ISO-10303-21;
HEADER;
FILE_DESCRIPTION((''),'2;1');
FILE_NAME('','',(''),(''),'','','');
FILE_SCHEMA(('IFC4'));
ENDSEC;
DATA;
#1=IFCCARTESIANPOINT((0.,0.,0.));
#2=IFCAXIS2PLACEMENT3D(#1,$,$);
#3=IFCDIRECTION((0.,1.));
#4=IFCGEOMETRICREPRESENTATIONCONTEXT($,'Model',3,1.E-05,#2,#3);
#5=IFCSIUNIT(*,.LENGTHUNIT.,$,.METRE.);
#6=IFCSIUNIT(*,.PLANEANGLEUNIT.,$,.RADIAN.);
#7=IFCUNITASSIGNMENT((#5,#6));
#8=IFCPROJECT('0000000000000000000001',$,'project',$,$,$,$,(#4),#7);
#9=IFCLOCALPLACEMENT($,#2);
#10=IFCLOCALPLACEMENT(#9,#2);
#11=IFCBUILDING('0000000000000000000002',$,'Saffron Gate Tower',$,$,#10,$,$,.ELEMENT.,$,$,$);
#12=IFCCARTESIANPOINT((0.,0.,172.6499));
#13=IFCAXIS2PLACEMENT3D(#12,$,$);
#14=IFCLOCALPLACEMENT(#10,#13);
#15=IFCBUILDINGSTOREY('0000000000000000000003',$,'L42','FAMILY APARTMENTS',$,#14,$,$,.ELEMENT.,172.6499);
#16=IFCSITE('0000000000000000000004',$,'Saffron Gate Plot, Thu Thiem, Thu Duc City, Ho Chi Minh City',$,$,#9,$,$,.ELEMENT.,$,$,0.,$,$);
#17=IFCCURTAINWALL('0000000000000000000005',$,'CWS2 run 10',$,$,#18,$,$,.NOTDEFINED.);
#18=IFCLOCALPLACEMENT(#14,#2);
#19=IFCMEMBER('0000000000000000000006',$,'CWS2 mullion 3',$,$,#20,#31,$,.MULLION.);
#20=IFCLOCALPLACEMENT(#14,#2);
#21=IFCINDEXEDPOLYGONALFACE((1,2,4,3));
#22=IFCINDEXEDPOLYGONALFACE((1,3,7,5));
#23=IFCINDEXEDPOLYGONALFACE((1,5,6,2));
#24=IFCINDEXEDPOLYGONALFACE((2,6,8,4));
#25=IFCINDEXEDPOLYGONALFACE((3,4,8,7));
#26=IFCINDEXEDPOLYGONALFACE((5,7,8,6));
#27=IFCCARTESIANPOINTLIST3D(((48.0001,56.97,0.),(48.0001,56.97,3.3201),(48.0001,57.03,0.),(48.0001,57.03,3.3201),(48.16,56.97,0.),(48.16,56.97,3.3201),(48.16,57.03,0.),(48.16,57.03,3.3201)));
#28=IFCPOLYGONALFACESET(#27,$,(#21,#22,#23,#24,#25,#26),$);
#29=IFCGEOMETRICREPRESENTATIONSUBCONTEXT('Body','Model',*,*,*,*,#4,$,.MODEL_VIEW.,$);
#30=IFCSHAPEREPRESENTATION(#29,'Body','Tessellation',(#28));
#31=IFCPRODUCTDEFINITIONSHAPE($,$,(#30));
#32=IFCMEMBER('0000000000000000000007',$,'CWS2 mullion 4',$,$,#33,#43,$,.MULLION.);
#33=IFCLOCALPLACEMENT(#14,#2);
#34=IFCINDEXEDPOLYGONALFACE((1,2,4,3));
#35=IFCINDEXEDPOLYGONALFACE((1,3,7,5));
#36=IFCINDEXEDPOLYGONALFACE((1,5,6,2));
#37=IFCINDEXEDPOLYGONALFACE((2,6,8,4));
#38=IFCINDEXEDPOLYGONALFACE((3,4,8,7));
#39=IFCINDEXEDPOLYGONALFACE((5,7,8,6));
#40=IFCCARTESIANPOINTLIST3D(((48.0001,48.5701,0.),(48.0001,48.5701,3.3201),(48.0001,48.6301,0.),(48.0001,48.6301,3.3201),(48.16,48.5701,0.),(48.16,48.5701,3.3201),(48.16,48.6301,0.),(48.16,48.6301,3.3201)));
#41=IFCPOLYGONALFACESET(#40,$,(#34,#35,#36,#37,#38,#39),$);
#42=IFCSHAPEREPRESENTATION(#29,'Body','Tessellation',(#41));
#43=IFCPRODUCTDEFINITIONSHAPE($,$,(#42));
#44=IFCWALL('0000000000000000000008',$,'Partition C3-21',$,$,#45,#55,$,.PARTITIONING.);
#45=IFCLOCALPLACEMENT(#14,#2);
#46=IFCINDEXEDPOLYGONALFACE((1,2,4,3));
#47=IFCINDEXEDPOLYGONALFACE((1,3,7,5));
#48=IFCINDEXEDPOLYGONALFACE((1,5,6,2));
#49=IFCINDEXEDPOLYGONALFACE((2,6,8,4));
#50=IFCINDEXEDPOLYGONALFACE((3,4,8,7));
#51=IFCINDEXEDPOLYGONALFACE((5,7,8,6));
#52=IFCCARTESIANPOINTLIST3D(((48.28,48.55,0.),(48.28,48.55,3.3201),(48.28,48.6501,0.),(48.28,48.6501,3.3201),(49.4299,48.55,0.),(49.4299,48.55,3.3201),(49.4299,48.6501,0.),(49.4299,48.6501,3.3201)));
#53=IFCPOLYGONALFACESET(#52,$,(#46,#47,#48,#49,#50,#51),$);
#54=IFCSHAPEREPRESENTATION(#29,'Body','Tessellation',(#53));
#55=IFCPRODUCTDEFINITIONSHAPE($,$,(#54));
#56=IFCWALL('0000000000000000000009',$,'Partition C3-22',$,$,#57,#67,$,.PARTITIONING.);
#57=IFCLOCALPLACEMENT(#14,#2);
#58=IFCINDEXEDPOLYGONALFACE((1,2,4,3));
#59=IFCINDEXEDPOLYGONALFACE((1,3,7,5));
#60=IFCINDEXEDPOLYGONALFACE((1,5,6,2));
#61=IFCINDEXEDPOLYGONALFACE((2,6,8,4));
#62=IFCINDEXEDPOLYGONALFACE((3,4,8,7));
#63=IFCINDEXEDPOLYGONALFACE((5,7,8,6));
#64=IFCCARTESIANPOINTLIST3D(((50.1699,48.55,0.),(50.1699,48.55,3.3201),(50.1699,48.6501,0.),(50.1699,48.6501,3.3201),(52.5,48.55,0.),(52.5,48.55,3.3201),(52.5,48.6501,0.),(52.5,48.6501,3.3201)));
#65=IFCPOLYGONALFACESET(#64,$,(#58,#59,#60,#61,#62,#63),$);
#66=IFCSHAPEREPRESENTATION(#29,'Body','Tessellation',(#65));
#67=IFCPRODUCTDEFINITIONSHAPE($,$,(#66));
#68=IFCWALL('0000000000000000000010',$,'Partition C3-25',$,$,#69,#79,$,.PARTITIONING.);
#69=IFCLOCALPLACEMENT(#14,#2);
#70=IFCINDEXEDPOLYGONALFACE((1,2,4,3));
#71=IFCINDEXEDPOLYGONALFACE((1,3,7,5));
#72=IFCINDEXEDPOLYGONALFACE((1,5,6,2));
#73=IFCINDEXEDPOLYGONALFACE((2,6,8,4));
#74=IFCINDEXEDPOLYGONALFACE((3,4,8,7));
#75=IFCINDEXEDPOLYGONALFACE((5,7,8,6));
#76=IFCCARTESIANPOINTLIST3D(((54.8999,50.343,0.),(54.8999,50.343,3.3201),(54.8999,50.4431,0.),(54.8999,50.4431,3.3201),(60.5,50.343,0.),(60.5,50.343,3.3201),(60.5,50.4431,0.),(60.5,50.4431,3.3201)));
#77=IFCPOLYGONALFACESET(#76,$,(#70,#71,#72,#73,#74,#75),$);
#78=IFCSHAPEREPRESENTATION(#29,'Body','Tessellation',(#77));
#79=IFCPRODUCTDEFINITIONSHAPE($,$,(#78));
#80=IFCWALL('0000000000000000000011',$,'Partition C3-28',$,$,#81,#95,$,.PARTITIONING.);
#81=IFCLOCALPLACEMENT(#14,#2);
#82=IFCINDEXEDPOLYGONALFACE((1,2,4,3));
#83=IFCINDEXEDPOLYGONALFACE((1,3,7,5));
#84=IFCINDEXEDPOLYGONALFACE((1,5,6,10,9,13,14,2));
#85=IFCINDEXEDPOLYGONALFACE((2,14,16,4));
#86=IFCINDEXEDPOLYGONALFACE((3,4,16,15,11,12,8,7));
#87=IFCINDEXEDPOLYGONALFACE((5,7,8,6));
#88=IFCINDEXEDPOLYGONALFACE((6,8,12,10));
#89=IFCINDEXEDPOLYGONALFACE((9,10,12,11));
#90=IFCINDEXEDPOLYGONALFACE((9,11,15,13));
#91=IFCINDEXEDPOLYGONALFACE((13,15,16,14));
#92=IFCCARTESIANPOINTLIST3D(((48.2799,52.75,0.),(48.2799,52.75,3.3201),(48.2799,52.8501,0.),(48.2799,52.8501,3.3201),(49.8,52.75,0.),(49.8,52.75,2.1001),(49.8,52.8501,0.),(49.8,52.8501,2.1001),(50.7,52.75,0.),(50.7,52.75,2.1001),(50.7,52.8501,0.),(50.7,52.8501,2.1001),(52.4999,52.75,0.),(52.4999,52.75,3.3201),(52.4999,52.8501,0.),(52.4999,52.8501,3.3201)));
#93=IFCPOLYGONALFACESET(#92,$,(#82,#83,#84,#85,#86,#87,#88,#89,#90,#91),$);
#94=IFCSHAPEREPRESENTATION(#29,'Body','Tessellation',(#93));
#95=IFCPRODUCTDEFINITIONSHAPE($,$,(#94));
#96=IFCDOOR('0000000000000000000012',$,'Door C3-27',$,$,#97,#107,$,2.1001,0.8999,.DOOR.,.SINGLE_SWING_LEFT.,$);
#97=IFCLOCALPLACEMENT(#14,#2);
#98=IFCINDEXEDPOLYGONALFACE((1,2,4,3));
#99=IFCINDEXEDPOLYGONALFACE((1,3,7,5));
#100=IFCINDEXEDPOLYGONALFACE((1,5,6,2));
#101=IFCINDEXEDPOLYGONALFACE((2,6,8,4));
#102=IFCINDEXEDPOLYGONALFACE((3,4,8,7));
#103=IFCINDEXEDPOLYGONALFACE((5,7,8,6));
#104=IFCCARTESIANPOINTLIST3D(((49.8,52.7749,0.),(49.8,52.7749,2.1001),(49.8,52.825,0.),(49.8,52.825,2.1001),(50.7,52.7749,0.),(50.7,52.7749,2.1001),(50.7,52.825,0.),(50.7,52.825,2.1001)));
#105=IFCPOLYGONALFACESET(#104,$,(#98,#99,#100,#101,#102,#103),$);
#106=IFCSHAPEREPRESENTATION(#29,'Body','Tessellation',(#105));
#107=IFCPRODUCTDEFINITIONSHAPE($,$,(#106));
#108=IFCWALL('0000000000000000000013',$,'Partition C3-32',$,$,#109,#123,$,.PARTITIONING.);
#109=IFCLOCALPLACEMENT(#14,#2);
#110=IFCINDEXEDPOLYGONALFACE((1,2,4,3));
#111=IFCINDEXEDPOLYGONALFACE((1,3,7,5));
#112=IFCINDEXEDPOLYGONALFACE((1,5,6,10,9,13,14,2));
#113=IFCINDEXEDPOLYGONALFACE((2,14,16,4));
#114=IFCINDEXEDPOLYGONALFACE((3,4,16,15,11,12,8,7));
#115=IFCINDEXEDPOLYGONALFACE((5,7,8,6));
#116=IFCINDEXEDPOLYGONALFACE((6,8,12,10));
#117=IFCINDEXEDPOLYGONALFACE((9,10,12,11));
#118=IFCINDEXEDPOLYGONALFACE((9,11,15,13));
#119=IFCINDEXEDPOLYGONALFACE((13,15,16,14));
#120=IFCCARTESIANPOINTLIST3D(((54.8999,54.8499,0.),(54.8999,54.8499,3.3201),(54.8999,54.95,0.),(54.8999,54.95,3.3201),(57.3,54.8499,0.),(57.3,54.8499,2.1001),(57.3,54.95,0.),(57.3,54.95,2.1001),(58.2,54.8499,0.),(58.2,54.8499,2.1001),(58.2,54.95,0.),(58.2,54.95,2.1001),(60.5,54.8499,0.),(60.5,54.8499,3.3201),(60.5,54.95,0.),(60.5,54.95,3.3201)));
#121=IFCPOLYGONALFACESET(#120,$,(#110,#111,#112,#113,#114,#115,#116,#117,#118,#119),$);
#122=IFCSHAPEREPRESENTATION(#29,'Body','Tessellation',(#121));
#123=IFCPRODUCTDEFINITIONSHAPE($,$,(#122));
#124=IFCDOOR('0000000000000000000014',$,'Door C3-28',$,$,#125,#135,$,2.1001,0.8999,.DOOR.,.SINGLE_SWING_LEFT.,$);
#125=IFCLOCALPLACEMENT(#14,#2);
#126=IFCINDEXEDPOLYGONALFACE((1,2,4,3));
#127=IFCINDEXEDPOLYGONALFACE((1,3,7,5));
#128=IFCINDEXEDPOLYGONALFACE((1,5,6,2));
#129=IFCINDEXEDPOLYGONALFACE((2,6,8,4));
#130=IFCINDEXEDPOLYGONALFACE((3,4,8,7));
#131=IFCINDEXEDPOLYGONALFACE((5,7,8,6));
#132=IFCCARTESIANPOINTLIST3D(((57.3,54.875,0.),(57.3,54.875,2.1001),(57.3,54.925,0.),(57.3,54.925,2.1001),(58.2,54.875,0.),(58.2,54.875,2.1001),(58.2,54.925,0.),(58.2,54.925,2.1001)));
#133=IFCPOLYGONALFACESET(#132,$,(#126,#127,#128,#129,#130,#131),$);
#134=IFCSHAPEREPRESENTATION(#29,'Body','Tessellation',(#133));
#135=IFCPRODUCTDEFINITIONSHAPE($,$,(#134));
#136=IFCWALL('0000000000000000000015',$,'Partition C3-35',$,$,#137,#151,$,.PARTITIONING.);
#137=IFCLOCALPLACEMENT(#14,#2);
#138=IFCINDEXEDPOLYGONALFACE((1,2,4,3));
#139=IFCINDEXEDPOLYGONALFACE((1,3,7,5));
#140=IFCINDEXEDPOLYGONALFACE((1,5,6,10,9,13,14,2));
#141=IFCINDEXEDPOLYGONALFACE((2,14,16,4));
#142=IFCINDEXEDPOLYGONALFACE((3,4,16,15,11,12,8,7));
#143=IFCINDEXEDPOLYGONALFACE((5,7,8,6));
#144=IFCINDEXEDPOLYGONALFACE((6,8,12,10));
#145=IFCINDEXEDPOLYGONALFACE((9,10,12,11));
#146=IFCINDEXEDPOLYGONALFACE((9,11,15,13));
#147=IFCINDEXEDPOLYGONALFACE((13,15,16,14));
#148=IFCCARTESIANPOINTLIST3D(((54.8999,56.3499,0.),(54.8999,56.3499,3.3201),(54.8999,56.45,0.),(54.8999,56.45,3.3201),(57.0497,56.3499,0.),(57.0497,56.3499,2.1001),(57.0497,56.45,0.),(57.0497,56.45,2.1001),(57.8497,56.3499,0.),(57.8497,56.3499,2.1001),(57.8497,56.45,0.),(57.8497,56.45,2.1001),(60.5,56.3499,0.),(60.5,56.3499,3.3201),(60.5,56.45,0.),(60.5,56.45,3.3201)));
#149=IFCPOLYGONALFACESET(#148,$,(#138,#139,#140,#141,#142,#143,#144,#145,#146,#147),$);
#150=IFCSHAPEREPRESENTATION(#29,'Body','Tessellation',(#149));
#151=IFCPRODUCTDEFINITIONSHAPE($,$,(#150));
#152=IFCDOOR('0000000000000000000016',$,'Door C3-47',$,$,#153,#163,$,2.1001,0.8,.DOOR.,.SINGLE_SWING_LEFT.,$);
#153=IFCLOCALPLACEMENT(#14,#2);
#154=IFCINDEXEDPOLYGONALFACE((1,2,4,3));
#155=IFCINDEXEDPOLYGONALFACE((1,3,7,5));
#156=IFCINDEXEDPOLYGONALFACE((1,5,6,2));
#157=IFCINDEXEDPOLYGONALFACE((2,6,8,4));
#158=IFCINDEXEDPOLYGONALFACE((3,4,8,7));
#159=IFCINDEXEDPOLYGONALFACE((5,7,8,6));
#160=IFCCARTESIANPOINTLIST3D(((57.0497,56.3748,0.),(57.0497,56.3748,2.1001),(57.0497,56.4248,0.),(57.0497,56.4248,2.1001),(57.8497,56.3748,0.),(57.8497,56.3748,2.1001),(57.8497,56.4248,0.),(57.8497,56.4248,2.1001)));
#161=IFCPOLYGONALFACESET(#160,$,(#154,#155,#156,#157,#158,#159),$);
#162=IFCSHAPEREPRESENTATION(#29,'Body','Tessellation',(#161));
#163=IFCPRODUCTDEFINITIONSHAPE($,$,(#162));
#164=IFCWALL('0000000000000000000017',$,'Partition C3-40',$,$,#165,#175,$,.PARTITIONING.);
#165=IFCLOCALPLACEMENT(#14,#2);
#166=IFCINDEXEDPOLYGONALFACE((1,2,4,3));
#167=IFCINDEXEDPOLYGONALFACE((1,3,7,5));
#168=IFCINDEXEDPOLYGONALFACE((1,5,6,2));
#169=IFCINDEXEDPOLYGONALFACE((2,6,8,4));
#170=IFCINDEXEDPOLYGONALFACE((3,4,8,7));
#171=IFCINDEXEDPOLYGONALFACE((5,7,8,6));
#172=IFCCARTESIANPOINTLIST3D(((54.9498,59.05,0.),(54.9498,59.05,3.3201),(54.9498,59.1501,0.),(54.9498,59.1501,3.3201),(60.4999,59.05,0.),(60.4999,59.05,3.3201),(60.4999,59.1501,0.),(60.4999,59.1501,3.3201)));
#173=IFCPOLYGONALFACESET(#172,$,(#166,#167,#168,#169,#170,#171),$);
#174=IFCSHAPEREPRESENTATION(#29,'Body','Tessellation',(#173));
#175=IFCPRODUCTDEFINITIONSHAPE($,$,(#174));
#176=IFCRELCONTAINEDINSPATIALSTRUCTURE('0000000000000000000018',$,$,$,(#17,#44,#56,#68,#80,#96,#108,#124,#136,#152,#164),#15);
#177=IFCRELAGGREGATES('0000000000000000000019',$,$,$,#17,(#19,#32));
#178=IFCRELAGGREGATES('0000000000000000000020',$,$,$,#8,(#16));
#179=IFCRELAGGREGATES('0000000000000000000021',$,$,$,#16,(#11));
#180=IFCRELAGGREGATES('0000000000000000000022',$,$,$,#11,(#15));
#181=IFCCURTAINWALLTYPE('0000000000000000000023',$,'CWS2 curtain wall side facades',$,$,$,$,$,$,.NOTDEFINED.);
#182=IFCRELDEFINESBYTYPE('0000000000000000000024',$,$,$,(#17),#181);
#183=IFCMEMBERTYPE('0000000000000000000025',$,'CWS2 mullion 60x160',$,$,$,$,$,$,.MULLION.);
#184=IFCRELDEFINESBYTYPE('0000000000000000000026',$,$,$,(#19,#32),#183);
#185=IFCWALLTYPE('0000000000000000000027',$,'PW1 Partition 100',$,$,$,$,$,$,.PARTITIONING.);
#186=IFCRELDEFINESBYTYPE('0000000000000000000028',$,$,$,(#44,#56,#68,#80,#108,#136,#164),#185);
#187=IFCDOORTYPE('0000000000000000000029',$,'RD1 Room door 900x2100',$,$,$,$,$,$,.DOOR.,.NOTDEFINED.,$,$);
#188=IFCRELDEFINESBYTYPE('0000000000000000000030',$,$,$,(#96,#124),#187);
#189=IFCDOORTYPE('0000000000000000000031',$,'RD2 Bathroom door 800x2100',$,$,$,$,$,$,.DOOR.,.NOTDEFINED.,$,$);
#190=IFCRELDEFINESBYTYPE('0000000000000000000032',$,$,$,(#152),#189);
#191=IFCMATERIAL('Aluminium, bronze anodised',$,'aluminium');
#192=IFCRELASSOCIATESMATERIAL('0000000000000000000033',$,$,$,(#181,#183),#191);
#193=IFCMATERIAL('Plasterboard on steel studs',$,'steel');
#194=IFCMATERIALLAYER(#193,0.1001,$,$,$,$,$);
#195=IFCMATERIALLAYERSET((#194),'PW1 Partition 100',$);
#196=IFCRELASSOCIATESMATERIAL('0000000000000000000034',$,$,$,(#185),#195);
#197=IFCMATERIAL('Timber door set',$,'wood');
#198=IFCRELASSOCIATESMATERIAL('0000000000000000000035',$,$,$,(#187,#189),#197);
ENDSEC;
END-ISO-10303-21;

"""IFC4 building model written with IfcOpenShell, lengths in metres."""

from ifc_helpers import new_model, si_unit, direction, frame, frame_2d, origin, origin_2d, place, context, subcontext, project, spatial, rectangle, extrude, material, layer, layer_set, material_profile, profile_set, type_object, element, fill, aggregate, save


model = new_model("IFC4")

# Units and contexts
model_context = context("Model", 3, precision=1e-05, world=origin(), true_north=direction((0.0, 1.0)))
body_context = subcontext(model_context, "Body", "Model", "MODEL_VIEW")
ifc_project = project(units=[si_unit("LENGTHUNIT", "METRE"), si_unit("PLANEANGLEUNIT", "RADIAN")], contexts=[model_context])

# Site, building, storey
site_placement = place(None, origin())
site = spatial("IfcSite", under=ifc_project, at=site_placement, Name="Saffron Gate Plot, Thu Thiem, Thu Duc City, Ho Chi Minh City", CompositionType="ELEMENT", RefElevation=0.0)
building_placement = place(site_placement, origin())
building = spatial("IfcBuilding", under=site, at=building_placement, Name="Saffron Gate Tower", CompositionType="ELEMENT")
storey_placement = place(building_placement, frame((0.0, 0.0, 172.6499)))
storey = spatial("IfcBuildingStorey", under=building, at=storey_placement, Name="L42", Description="FAMILY APARTMENTS", CompositionType="ELEMENT", Elevation=172.6499)

# Curtain wall, members
ifc_material_1 = material(Name="Aluminium, bronze anodised", Category="aluminium")
curtain_wall_type = type_object("IfcCurtainWallType", Name="CWS2 curtain wall side facades", PredefinedType="NOTDEFINED", material=ifc_material_1)
curtain_wall_placement = place(storey_placement, origin())
curtain_wall = element("IfcCurtainWall", 1, at=curtain_wall_placement, inside=storey, type_object=curtain_wall_type, Name="CWS2 run 10", PredefinedType="NOTDEFINED")
ifc_material_profile_1 = material_profile(ifc_material_1, rectangle(XDim=0.1599, YDim=0.0601, at=origin_2d()))
ifc_profile_set_1 = profile_set([ifc_material_profile_1], Name="Aluminium, bronze anodised")
member_type = type_object("IfcMemberType", Name="CWS2 mullion 60x160", PredefinedType="MULLION", material=ifc_profile_set_1)
member_1_placement = place(storey_placement, frame((48.0801, 57.0, 0.0), z_axis=(0.0, 0.0, 1.0), x_axis=(1.0, 0.0, 0.0)))
member_1 = element("IfcMember", 2, at=member_1_placement, type_object=member_type, Name="CWS2 mullion 3", PredefinedType="MULLION", context=body_context, shape_type="SweptSolid", body=[
    extrude(rectangle(XDim=0.1599, YDim=0.0601, at=origin_2d()), origin(), (0.0, 0.0, 1.0), 3.3201),
])
member_2_placement = place(storey_placement, frame((48.0801, 48.6001, 0.0), z_axis=(0.0, 0.0, 1.0), x_axis=(1.0, 0.0, 0.0)))
member_2 = element("IfcMember", 3, at=member_2_placement, type_object=member_type, Name="CWS2 mullion 4", PredefinedType="MULLION", context=body_context, shape_type="SweptSolid", body=[
    extrude(rectangle(XDim=0.1599, YDim=0.0601, at=origin_2d()), origin(), (0.0, 0.0, 1.0), 3.3201),
])
aggregate(curtain_wall, [member_1, member_2])

# Walls
ifc_material_2 = material(Name="Plasterboard on steel studs", Category="steel")
ifc_layer_1 = layer(ifc_material_2, 0.1001)
ifc_layer_set_1 = layer_set([ifc_layer_1], Name="PW1 Partition 100")
wall_type_1 = type_object("IfcWallType", Name="PW1 Partition 100", PredefinedType="PARTITIONING", material=ifc_layer_set_1)
wall_1_placement = place(storey_placement, frame((48.28, 48.6001, 0.0), z_axis=(0.0, 0.0, 1.0), x_axis=(1.0, 0.0, 0.0)))
element("IfcWall", 4, at=wall_1_placement, inside=storey, type_object=wall_type_1, Name="Partition C3-21", PredefinedType="PARTITIONING", context=body_context, shape_type="SweptSolid", body=[
    extrude(rectangle(XDim=1.1499, YDim=0.1001, at=frame_2d((0.575, 0.0))), origin(), (0.0, 0.0, 1.0), 3.3201),
])
wall_2_placement = place(storey_placement, frame((50.1699, 48.6001, 0.0), z_axis=(0.0, 0.0, 1.0), x_axis=(1.0, 0.0, 0.0)))
element("IfcWall", 5, at=wall_2_placement, inside=storey, type_object=wall_type_1, Name="Partition C3-22", PredefinedType="PARTITIONING", context=body_context, shape_type="SweptSolid", body=[
    extrude(rectangle(XDim=2.3301, YDim=0.1001, at=frame_2d((1.165, 0.0))), origin(), (0.0, 0.0, 1.0), 3.3201),
])
wall_3_placement = place(storey_placement, frame((54.8999, 50.3931, 0.0), z_axis=(0.0, 0.0, 1.0), x_axis=(1.0, 0.0, 0.0)))
element("IfcWall", 6, at=wall_3_placement, inside=storey, type_object=wall_type_1, Name="Partition C3-25", PredefinedType="PARTITIONING", context=body_context, shape_type="SweptSolid", body=[
    extrude(rectangle(XDim=5.6001, YDim=0.1001, at=frame_2d((2.8, 0.0))), origin(), (0.0, 0.0, 1.0), 3.3201),
])

# Walls, openings, doors
wall_4_placement = place(storey_placement, frame((48.28, 52.8, 0.0), z_axis=(0.0, 0.0, 1.0), x_axis=(1.0, 0.0, 0.0)))
wall_4 = element("IfcWall", 7, at=wall_4_placement, inside=storey, type_object=wall_type_1, Name="Partition C3-28", PredefinedType="PARTITIONING", context=body_context, shape_type="SweptSolid", body=[
    extrude(rectangle(XDim=4.22, YDim=0.1001, at=frame_2d((2.1099, 0.0))), origin(), (0.0, 0.0, 1.0), 3.3201),
])
opening_1_placement = place(wall_4_placement, frame((1.52, 0.0, 0.0)))
opening_1 = element("IfcOpeningElement", 8, at=opening_1_placement, cuts=wall_4, PredefinedType="OPENING", context=body_context, shape_type="SweptSolid", body=[
    extrude(rectangle(XDim=0.8999, YDim=2.1001, at=frame_2d((0.45, 1.05))), frame((0.0, 0.0601, 0.0), z_axis=(0.0, -1.0, 0.0), x_axis=(1.0, 0.0, 0.0)), (0.0, 0.0, 1.0), 0.1201),
])
ifc_material_3 = material(Name="Timber door set", Category="wood")
door_type_1 = type_object("IfcDoorType", Name="RD1 Room door 900x2100", OperationType="NOTDEFINED", PredefinedType="DOOR", material=ifc_material_3)
door_1_placement = place(opening_1_placement, origin())
door_1 = element("IfcDoor", 9, at=door_1_placement, inside=storey, type_object=door_type_1, Name="Door C3-27", OperationType="SINGLE_SWING_LEFT", OverallHeight=2.1001, OverallWidth=0.8999, PredefinedType="DOOR", context=body_context, shape_type="SweptSolid", body=[
    extrude(rectangle(XDim=0.8999, YDim=2.1001, at=frame_2d((0.45, 1.05))), frame((0.0, 0.0249, 0.0), z_axis=(0.0, -1.0, 0.0), x_axis=(1.0, 0.0, 0.0)), (0.0, 0.0, 1.0), 0.05),
])
fill(opening_1, door_1)
wall_5_placement = place(storey_placement, frame((60.5, 54.8999, 0.0), z_axis=(0.0, 0.0, 1.0), x_axis=(-1.0, 0.0, 0.0)))
wall_5 = element("IfcWall", 10, at=wall_5_placement, inside=storey, type_object=wall_type_1, Name="Partition C3-32", PredefinedType="PARTITIONING", context=body_context, shape_type="SweptSolid", body=[
    extrude(rectangle(XDim=5.6001, YDim=0.1001, at=frame_2d((2.8, 0.0))), origin(), (0.0, 0.0, 1.0), 3.3201),
])
opening_2_placement = place(wall_5_placement, frame((2.3, 0.0, 0.0)))
opening_2 = element("IfcOpeningElement", 11, at=opening_2_placement, cuts=wall_5, PredefinedType="OPENING", context=body_context, shape_type="SweptSolid", body=[
    extrude(rectangle(XDim=0.8999, YDim=2.1001, at=frame_2d((0.45, 1.05))), frame((0.0, 0.0601, 0.0), z_axis=(0.0, -1.0, 0.0), x_axis=(1.0, 0.0, 0.0)), (0.0, 0.0, 1.0), 0.1201),
])
door_2_placement = place(opening_2_placement, origin())
door_2 = element("IfcDoor", 12, at=door_2_placement, inside=storey, type_object=door_type_1, Name="Door C3-28", OperationType="SINGLE_SWING_LEFT", OverallHeight=2.1001, OverallWidth=0.8999, PredefinedType="DOOR", context=body_context, shape_type="SweptSolid", body=[
    extrude(rectangle(XDim=0.8999, YDim=2.1001, at=frame_2d((0.45, 1.05))), frame((0.0, 0.0249, 0.0), z_axis=(0.0, -1.0, 0.0), x_axis=(1.0, 0.0, 0.0)), (0.0, 0.0, 1.0), 0.05),
])
fill(opening_2, door_2)
wall_6_placement = place(storey_placement, frame((54.8999, 56.3999, 0.0), z_axis=(0.0, 0.0, 1.0), x_axis=(1.0, 0.0, 0.0)))
wall_6 = element("IfcWall", 13, at=wall_6_placement, inside=storey, type_object=wall_type_1, Name="Partition C3-35", PredefinedType="PARTITIONING", context=body_context, shape_type="SweptSolid", body=[
    extrude(rectangle(XDim=5.6001, YDim=0.1001, at=frame_2d((2.8, 0.0))), origin(), (0.0, 0.0, 1.0), 3.3201),
])
opening_3_placement = place(wall_6_placement, frame((2.1499, 0.0, 0.0)))
opening_3 = element("IfcOpeningElement", 14, at=opening_3_placement, cuts=wall_6, PredefinedType="OPENING", context=body_context, shape_type="SweptSolid", body=[
    extrude(rectangle(XDim=0.8, YDim=2.1001, at=frame_2d((0.3999, 1.05))), frame((0.0, 0.0601, 0.0), z_axis=(0.0, -1.0, 0.0), x_axis=(1.0, 0.0, 0.0)), (0.0, 0.0, 1.0), 0.1201),
])
door_type_2 = type_object("IfcDoorType", Name="RD2 Bathroom door 800x2100", OperationType="NOTDEFINED", PredefinedType="DOOR", material=ifc_material_3)
door_3_placement = place(opening_3_placement, origin())
door_3 = element("IfcDoor", 15, at=door_3_placement, inside=storey, type_object=door_type_2, Name="Door C3-47", OperationType="SINGLE_SWING_LEFT", OverallHeight=2.1001, OverallWidth=0.8, PredefinedType="DOOR", context=body_context, shape_type="SweptSolid", body=[
    extrude(rectangle(XDim=0.8, YDim=2.1001, at=frame_2d((0.3999, 1.05))), frame((0.0, 0.0249, 0.0), z_axis=(0.0, -1.0, 0.0), x_axis=(1.0, 0.0, 0.0)), (0.0, 0.0, 1.0), 0.05),
])
fill(opening_3, door_3)

# Wall
wall_7_placement = place(storey_placement, frame((54.95, 59.1001, 0.0), z_axis=(0.0, 0.0, 1.0), x_axis=(1.0, 0.0, 0.0)))
element("IfcWall", 16, at=wall_7_placement, inside=storey, type_object=wall_type_1, Name="Partition C3-40", PredefinedType="PARTITIONING", context=body_context, shape_type="SweptSolid", body=[
    extrude(rectangle(XDim=5.55, YDim=0.1001, at=frame_2d((2.7749, 0.0))), origin(), (0.0, 0.0, 1.0), 3.3201),
])

save(model, "model.ifc")
